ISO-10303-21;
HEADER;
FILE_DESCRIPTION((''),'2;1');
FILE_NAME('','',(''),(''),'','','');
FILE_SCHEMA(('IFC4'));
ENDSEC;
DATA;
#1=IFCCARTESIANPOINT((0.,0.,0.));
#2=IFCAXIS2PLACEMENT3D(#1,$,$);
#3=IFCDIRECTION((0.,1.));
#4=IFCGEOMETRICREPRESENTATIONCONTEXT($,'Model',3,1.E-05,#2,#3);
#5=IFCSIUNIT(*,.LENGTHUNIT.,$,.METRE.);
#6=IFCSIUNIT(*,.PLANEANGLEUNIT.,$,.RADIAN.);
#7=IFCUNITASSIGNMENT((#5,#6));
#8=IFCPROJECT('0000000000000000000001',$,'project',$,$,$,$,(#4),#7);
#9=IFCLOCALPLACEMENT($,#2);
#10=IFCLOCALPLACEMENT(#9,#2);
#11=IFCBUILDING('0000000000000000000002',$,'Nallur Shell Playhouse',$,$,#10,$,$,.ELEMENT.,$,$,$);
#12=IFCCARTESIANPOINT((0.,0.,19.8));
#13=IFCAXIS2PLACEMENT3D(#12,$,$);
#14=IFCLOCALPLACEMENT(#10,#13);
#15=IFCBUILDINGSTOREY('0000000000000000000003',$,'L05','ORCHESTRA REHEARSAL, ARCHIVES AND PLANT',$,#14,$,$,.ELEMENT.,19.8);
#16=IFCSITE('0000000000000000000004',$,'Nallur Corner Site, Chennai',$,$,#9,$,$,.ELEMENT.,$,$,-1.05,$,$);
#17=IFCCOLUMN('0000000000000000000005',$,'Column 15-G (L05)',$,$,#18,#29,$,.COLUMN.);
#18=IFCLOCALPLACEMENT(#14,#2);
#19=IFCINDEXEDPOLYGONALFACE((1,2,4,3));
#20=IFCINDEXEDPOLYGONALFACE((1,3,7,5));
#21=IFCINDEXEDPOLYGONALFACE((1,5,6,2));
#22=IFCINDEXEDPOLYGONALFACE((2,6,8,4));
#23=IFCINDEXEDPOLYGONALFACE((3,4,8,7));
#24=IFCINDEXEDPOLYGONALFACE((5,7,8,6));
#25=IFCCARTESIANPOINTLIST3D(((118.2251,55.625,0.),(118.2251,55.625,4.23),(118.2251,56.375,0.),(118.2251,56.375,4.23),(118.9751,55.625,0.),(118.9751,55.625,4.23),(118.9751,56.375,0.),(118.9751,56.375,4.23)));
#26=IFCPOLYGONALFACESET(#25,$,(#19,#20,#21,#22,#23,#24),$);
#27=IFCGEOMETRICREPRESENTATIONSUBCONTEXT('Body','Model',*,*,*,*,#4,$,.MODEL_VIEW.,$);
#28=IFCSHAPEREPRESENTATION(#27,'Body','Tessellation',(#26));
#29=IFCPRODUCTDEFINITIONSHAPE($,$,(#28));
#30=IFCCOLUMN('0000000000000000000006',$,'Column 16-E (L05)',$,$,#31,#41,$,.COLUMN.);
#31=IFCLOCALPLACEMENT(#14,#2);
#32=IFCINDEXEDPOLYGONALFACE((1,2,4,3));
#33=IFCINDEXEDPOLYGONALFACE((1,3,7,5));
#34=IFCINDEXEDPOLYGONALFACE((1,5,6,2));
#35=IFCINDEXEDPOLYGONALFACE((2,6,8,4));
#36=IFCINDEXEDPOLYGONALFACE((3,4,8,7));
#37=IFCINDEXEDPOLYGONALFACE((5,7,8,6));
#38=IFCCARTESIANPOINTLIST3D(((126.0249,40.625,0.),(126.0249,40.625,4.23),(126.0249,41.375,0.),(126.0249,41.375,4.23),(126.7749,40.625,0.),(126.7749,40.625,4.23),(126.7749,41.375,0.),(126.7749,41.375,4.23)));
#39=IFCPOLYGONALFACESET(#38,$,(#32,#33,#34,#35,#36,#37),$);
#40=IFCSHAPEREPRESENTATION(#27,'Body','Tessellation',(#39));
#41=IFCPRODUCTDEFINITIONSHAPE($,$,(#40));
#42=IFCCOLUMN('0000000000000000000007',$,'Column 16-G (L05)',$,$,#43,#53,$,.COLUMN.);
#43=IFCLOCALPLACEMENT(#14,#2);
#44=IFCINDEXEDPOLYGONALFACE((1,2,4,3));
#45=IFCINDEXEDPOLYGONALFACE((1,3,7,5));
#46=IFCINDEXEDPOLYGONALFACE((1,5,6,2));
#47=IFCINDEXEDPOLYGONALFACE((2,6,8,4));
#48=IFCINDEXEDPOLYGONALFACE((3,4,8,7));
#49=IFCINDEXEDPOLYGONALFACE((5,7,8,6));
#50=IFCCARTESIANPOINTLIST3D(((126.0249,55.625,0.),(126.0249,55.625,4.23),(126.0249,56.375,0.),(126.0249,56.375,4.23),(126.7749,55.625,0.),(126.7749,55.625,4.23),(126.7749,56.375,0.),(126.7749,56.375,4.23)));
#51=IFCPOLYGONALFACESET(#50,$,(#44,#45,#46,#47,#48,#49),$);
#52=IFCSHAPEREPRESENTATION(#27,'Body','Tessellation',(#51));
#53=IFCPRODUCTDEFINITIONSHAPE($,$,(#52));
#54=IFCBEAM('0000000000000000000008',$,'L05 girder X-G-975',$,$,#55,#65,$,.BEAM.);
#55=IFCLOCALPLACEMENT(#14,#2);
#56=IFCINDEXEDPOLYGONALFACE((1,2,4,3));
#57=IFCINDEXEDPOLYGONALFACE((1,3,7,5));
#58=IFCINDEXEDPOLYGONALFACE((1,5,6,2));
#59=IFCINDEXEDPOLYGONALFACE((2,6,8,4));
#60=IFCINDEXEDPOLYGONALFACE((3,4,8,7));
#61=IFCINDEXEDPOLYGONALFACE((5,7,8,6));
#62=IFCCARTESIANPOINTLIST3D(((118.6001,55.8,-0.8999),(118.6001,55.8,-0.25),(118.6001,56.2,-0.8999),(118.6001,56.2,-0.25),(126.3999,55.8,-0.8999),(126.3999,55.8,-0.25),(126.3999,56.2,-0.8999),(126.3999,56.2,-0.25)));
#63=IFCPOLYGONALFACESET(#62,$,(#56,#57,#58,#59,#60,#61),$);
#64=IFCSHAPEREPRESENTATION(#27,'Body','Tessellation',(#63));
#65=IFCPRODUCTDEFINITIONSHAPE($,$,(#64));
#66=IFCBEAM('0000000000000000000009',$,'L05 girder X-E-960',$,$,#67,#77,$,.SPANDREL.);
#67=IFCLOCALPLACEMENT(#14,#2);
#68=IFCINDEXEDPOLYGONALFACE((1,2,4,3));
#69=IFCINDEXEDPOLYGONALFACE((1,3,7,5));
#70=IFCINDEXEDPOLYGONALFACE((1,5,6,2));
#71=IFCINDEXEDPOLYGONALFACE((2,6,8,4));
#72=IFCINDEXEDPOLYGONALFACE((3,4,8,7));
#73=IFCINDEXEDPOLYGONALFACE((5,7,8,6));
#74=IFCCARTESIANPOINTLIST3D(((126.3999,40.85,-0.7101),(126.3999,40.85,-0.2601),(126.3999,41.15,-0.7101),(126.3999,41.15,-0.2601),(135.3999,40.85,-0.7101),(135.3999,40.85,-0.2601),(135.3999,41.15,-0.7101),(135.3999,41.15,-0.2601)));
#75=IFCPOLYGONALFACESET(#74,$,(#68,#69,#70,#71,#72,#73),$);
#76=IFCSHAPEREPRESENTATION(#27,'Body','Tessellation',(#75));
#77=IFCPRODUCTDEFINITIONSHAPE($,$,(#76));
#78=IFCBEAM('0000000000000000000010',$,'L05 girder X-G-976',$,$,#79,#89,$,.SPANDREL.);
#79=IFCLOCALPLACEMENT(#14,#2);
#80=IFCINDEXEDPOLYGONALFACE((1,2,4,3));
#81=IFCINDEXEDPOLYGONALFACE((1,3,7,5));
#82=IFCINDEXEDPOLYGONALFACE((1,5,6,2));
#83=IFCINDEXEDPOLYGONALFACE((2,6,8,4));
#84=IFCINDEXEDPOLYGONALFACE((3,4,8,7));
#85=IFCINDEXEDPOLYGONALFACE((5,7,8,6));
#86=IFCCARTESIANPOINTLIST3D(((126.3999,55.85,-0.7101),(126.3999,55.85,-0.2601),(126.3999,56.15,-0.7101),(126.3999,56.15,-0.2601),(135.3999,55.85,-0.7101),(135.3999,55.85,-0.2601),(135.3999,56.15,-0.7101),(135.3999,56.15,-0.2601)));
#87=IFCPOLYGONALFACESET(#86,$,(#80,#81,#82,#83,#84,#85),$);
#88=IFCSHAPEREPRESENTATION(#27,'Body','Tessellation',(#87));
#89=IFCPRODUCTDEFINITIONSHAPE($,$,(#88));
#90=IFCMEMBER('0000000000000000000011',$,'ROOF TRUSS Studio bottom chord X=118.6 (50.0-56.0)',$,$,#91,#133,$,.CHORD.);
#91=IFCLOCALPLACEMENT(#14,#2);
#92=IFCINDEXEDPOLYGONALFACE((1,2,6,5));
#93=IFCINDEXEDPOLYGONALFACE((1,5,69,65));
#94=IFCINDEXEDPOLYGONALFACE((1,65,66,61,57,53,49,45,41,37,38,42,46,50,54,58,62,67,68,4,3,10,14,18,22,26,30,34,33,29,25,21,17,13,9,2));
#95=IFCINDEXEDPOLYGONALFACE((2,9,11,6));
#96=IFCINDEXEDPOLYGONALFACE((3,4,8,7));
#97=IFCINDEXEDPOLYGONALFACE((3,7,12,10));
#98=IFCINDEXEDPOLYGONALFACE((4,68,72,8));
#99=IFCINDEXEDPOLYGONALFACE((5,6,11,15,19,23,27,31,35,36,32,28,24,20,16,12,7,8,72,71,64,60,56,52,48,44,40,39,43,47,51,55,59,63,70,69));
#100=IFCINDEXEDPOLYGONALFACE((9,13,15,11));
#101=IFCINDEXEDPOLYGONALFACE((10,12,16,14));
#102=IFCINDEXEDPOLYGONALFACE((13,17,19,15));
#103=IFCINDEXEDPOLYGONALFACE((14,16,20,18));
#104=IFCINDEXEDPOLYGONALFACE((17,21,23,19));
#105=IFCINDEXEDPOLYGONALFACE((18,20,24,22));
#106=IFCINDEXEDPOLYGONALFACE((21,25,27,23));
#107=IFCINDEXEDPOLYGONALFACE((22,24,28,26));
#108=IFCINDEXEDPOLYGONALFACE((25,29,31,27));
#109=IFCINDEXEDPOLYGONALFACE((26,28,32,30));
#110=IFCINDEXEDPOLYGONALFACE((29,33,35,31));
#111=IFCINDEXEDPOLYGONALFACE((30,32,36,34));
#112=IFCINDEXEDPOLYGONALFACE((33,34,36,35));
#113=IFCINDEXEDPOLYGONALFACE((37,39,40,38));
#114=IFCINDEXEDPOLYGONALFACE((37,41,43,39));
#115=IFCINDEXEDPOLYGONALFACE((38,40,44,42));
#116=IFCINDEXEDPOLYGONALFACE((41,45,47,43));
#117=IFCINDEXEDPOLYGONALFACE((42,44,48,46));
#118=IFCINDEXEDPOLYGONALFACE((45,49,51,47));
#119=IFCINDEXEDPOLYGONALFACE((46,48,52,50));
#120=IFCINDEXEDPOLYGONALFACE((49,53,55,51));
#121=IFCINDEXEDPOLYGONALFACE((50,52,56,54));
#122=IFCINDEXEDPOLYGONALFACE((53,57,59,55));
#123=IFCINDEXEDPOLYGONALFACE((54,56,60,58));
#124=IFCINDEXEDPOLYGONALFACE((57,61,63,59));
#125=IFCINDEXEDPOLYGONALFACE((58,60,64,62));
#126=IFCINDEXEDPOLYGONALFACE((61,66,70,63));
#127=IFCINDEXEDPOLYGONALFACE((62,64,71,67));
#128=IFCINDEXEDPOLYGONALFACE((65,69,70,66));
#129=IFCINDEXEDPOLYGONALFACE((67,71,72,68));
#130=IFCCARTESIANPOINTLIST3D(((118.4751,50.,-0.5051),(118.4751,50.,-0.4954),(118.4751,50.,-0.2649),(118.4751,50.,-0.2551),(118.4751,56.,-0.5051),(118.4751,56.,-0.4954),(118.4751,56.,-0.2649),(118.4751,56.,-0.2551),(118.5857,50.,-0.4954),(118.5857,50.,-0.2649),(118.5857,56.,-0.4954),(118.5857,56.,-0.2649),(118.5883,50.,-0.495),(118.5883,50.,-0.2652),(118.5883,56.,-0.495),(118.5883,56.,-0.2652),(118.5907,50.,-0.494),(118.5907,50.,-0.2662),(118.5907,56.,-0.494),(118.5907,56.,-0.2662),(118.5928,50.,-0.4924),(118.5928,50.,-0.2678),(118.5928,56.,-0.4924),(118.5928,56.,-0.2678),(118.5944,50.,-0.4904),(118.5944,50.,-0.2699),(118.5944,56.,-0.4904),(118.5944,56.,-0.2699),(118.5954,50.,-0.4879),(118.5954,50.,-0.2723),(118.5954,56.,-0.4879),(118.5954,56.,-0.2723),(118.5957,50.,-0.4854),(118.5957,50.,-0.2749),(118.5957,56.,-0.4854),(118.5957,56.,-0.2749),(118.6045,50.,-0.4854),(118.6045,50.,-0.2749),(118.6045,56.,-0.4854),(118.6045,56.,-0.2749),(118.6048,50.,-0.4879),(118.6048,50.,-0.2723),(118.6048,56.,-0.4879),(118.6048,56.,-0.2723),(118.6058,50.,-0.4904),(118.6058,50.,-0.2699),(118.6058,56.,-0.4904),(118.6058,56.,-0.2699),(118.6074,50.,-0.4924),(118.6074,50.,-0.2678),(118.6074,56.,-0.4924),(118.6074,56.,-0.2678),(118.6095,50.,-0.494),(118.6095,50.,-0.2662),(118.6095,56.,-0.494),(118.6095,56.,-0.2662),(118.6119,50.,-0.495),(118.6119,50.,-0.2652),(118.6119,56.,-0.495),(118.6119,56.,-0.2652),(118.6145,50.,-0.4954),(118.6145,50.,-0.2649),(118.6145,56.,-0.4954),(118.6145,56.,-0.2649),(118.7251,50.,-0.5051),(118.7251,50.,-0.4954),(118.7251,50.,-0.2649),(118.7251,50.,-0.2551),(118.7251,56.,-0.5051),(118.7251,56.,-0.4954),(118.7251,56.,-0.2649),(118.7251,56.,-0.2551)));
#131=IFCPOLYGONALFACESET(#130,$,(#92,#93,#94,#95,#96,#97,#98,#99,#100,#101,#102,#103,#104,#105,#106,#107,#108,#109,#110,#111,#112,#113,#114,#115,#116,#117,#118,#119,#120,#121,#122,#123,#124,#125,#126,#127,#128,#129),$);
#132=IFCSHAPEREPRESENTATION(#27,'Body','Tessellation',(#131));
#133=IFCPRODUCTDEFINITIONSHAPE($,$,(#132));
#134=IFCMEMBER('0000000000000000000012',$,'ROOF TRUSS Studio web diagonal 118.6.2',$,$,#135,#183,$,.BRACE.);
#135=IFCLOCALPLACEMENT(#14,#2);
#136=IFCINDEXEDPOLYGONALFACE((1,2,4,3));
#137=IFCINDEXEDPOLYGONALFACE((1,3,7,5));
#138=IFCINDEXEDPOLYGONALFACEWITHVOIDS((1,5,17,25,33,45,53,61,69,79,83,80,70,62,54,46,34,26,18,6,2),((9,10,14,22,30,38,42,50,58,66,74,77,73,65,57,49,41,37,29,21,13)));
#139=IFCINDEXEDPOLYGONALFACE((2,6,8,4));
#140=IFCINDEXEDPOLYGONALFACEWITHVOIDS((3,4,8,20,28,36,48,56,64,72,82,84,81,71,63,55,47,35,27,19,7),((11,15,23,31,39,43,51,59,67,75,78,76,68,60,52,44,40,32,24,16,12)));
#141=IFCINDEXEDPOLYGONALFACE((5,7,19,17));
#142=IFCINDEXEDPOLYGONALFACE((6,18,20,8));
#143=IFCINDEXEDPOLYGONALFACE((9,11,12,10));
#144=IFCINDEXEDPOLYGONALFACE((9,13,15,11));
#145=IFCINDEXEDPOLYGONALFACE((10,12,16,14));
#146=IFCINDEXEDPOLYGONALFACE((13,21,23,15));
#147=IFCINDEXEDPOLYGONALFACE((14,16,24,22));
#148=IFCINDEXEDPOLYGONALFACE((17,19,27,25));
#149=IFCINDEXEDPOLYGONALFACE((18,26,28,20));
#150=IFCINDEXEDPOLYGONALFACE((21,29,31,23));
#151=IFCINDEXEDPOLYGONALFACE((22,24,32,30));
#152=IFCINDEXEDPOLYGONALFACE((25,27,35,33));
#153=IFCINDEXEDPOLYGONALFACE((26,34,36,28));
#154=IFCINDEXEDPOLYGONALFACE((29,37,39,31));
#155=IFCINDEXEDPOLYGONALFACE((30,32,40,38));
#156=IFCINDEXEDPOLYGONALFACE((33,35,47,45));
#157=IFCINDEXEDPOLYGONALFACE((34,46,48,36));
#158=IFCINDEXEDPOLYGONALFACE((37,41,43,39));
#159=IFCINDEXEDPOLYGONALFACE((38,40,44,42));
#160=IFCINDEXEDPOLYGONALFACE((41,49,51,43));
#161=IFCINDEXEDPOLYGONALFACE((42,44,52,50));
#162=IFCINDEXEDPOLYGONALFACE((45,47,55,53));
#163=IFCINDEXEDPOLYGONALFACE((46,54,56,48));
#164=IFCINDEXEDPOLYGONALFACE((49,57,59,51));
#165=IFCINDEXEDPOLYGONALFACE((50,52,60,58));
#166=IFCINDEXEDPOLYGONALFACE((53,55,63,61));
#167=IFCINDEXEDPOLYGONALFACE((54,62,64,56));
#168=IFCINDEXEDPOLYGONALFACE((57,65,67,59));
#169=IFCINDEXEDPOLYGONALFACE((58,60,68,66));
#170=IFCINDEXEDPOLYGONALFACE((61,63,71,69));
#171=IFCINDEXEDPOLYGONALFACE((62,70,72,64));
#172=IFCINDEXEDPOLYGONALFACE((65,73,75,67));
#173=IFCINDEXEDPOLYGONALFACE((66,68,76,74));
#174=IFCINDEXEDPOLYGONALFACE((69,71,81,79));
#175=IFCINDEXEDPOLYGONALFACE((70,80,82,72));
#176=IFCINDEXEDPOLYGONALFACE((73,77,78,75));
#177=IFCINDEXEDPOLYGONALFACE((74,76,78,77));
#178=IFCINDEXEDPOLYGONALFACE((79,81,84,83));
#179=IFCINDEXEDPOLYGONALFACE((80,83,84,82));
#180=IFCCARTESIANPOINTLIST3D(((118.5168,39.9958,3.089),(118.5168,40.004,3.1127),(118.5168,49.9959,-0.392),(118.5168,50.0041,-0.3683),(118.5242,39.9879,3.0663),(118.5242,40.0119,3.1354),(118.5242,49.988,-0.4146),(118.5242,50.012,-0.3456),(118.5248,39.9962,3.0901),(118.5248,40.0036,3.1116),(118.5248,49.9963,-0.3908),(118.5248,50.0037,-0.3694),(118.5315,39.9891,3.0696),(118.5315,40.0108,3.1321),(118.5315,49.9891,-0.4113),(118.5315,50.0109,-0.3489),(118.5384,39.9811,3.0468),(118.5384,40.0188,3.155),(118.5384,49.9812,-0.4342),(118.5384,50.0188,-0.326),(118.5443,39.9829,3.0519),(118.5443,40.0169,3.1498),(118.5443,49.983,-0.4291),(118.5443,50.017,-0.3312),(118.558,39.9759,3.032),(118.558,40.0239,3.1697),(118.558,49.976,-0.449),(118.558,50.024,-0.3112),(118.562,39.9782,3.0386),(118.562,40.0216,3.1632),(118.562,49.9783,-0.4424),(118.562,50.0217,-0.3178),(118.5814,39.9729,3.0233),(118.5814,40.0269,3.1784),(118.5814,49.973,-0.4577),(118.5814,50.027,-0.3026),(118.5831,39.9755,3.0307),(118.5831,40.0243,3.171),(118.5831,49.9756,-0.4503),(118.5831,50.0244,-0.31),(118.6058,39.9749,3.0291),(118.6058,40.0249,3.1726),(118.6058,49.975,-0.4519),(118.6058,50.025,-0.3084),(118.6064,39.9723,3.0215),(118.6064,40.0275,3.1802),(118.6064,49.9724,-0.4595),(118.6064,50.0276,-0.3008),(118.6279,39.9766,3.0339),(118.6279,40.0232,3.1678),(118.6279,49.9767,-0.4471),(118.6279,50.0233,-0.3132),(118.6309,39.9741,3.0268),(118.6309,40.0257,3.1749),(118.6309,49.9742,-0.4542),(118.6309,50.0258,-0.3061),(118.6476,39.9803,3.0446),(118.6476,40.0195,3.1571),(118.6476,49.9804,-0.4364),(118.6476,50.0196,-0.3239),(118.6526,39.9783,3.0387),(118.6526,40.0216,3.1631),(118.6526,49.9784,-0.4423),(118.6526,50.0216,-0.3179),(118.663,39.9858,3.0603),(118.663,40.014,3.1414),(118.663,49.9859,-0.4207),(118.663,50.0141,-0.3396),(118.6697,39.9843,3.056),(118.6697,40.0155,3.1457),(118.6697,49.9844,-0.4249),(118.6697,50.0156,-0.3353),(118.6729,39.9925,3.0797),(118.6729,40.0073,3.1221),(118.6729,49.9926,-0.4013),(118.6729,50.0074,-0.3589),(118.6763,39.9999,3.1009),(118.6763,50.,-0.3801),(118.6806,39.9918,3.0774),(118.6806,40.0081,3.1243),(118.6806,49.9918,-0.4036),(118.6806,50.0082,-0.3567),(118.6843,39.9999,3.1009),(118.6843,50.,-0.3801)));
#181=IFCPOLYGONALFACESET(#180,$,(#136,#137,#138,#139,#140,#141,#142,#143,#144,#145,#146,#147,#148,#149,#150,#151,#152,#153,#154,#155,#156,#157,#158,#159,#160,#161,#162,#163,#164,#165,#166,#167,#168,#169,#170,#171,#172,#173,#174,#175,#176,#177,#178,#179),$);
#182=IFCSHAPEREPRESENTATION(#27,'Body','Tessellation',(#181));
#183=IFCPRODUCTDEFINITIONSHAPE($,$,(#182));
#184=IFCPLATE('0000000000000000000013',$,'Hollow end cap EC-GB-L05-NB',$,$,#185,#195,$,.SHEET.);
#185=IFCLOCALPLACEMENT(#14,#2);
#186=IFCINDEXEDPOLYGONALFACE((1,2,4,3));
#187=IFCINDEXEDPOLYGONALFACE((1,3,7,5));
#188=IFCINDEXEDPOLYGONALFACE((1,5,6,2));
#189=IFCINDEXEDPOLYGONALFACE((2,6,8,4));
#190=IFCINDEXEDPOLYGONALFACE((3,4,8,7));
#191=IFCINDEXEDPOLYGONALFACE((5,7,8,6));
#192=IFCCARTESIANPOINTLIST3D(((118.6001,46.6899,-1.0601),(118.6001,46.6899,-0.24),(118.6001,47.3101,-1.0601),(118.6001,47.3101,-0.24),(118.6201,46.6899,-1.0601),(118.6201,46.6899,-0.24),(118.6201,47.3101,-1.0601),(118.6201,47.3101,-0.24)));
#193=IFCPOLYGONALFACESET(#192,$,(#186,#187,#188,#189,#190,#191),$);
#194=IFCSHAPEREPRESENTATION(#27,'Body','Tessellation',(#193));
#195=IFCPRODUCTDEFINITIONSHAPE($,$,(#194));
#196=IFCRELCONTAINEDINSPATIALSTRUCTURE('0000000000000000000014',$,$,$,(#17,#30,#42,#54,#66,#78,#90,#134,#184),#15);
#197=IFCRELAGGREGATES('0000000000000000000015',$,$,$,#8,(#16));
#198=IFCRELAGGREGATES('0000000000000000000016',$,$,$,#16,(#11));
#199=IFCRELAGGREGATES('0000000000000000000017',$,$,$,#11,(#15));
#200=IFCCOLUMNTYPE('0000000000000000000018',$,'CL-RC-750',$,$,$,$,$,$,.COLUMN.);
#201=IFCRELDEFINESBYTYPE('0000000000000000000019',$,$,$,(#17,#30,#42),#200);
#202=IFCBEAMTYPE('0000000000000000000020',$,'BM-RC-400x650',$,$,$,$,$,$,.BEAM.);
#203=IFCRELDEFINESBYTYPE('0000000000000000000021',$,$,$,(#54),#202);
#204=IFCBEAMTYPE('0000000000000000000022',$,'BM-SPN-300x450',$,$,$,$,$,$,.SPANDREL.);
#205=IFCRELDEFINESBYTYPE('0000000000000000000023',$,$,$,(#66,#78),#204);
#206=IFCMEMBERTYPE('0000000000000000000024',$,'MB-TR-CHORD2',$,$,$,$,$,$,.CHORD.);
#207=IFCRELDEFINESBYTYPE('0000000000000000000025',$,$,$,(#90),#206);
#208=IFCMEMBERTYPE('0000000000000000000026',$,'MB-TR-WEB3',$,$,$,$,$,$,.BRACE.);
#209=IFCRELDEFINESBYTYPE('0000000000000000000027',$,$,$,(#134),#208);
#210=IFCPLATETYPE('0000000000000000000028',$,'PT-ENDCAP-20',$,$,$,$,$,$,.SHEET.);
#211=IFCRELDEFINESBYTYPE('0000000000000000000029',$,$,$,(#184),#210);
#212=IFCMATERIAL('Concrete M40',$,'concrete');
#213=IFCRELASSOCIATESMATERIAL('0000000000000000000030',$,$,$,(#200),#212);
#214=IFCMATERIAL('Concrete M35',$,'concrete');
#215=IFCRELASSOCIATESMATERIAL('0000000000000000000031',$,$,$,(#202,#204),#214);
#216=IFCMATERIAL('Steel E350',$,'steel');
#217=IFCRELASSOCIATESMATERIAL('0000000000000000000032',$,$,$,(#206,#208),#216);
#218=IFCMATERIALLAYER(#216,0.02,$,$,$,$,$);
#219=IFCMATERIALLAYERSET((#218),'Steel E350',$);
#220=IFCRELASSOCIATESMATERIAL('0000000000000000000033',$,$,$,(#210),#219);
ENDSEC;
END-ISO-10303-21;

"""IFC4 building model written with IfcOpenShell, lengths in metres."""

from ifc_helpers import new_model, si_unit, direction, frame, origin, origin_2d, place, context, subcontext, project, spatial, rectangle, hollow_circle, i_section, extrude, material, layer, layer_set, material_profile, profile_set, type_object, element, save


model = new_model("IFC4")

# Units and contexts
model_context = context("Model", 3, precision=1e-05, world=origin(), true_north=direction((0.0, 1.0)))
body_context = subcontext(model_context, "Body", "Model", "MODEL_VIEW")
ifc_project = project(units=[si_unit("LENGTHUNIT", "METRE"), si_unit("PLANEANGLEUNIT", "RADIAN")], contexts=[model_context])

# Site, building, storey
site_placement = place(None, origin())
site = spatial("IfcSite", under=ifc_project, at=site_placement, Name="Nallur Corner Site, Chennai", CompositionType="ELEMENT", RefElevation=-1.05)
building_placement = place(site_placement, origin())
building = spatial("IfcBuilding", under=site, at=building_placement, Name="Nallur Shell Playhouse", CompositionType="ELEMENT")
storey_placement = place(building_placement, frame((0.0, 0.0, 19.8)))
storey = spatial("IfcBuildingStorey", under=building, at=storey_placement, Name="L05", Description="ORCHESTRA REHEARSAL, ARCHIVES AND PLANT", CompositionType="ELEMENT", Elevation=19.8)

# Columns
ifc_material_1 = material(Name="Concrete M40", Category="concrete")
ifc_material_profile_1 = material_profile(ifc_material_1, rectangle(XDim=0.75, YDim=0.75, at=origin_2d()), Name="RC 750x750")
ifc_profile_set_1 = profile_set([ifc_material_profile_1], Name="Concrete M40")
column_type = type_object("IfcColumnType", Name="CL-RC-750", PredefinedType="COLUMN", material=ifc_profile_set_1)
for number, where, z_axis, x_axis, name in (
    (1, (118.6001, 56.0, 0.0), (0.0, 0.0, 1.0), (1.0, 0.0, 0.0), "Column 15-G (L05)"),
    (2, (126.3999, 41.0, 0.0), (0.0, 0.0, 1.0), (1.0, 0.0, 0.0), "Column 16-E (L05)"),
    (3, (126.3999, 56.0, 0.0), (0.0, 0.0, 1.0), (1.0, 0.0, 0.0), "Column 16-G (L05)"),
):
    element("IfcColumn", number, at=place(storey_placement, frame(where, z_axis=z_axis, x_axis=x_axis)), inside=storey, type_object=column_type, Name=name, PredefinedType="COLUMN", context=body_context, shape_type="SweptSolid", body=[
        extrude(rectangle(XDim=0.75, YDim=0.75, at=origin_2d()), origin(), (0.0, 0.0, 1.0), 4.23),
    ])

# Beams
ifc_material_2 = material(Name="Concrete M35", Category="concrete")
ifc_material_profile_2 = material_profile(ifc_material_2, rectangle(XDim=0.3999, YDim=0.6499, at=origin_2d()), Name="RC 400x650")
ifc_profile_set_2 = profile_set([ifc_material_profile_2], Name="Concrete M35")
beam_type_1 = type_object("IfcBeamType", Name="BM-RC-400x650", PredefinedType="BEAM", material=ifc_profile_set_2)
beam_placement = place(storey_placement, frame((118.6001, 56.0, -0.575), z_axis=(1.0, 0.0, 0.0), x_axis=(0.0, 1.0, 0.0)))
element("IfcBeam", 4, at=beam_placement, inside=storey, type_object=beam_type_1, Name="L05 girder X-G-975", PredefinedType="BEAM", context=body_context, shape_type="SweptSolid", body=[
    extrude(rectangle(XDim=0.3999, YDim=0.6499, at=origin_2d()), origin(), (0.0, 0.0, 1.0), 7.7998),
])
ifc_material_profile_3 = material_profile(ifc_material_2, rectangle(XDim=0.3, YDim=0.45, at=origin_2d()), Name="RC 300x450")
ifc_profile_set_3 = profile_set([ifc_material_profile_3], Name="Concrete M35")
beam_type_2 = type_object("IfcBeamType", Name="BM-SPN-300x450", PredefinedType="SPANDREL", material=ifc_profile_set_3)
for number, where, z_axis, x_axis, name in (
    (5, (126.3999, 41.0, -0.4851), (1.0, 0.0, 0.0), (0.0, 1.0, 0.0), "L05 girder X-E-960"),
    (6, (126.3999, 56.0, -0.4851), (1.0, 0.0, 0.0), (0.0, 1.0, 0.0), "L05 girder X-G-976"),
):
    element("IfcBeam", number, at=place(storey_placement, frame(where, z_axis=z_axis, x_axis=x_axis)), inside=storey, type_object=beam_type_2, Name=name, PredefinedType="SPANDREL", context=body_context, shape_type="SweptSolid", body=[
        extrude(rectangle(XDim=0.3, YDim=0.45, at=origin_2d()), origin(), (0.0, 0.0, 1.0), 9.0),
    ])

# Members
ifc_material_3 = material(Name="Steel E350", Category="steel")
ifc_material_profile_4 = material_profile(ifc_material_3, i_section(OverallWidth=0.25, OverallDepth=0.25, WebThickness=0.0088, FlangeThickness=0.0098, FilletRadius=0.01, at=origin_2d()), Name="ISHB 250")
ifc_profile_set_4 = profile_set([ifc_material_profile_4], Name="Steel E350")
member_type_1 = type_object("IfcMemberType", Name="MB-TR-CHORD2", PredefinedType="CHORD", material=ifc_profile_set_4)
member_1_placement = place(storey_placement, frame((118.6001, 50.0, -0.3801), z_axis=(0.0, 1.0, 0.0), x_axis=(-1.0, 0.0, 0.0)))
element("IfcMember", 7, at=member_1_placement, inside=storey, type_object=member_type_1, Name="ROOF TRUSS Studio bottom chord X=118.6 (50.0-56.0)", PredefinedType="CHORD", context=body_context, shape_type="SweptSolid", body=[
    extrude(i_section(OverallWidth=0.25, OverallDepth=0.25, WebThickness=0.0088, FlangeThickness=0.0098, FilletRadius=0.01, at=origin_2d()), origin(), (0.0, 0.0, 1.0), 6.0),
])
ifc_material_profile_5 = material_profile(ifc_material_3, hollow_circle(Radius=0.0842, WallThickness=0.0081, at=origin_2d()), Name="CHS 168.3x8")
ifc_profile_set_5 = profile_set([ifc_material_profile_5], Name="Steel E350")
member_type_2 = type_object("IfcMemberType", Name="MB-TR-WEB3", PredefinedType="BRACE", material=ifc_profile_set_5)
member_2_placement = place(storey_placement, frame((118.6001, 50.0, -0.3801), z_axis=(0.0, -0.944418, 0.328748), x_axis=(1.0, 0.0, 0.0)))
element("IfcMember", 8, at=member_2_placement, inside=storey, type_object=member_type_2, Name="ROOF TRUSS Studio web diagonal 118.6.2", PredefinedType="BRACE", context=body_context, shape_type="SweptSolid", body=[
    extrude(hollow_circle(Radius=0.0842, WallThickness=0.0081, at=origin_2d()), origin(), (0.0, 0.0, 1.0), 10.5886),
])

# Plate
ifc_layer_1 = layer(ifc_material_3, 0.02)
ifc_layer_set_1 = layer_set([ifc_layer_1], Name="Steel E350")
plate_type = type_object("IfcPlateType", Name="PT-ENDCAP-20", PredefinedType="SHEET", material=ifc_layer_set_1)
plate_1_placement = place(storey_placement, frame((118.6101, 47.0, -1.0601), z_axis=(0.0, 0.0, 1.0), x_axis=(1.0, 0.0, 0.0)))
element("IfcPlate", 9, at=plate_1_placement, inside=storey, type_object=plate_type, Name="Hollow end cap EC-GB-L05-NB", PredefinedType="SHEET", context=body_context, shape_type="SweptSolid", body=[
    extrude(rectangle(XDim=0.02, YDim=0.6201, at=origin_2d()), origin(), (0.0, 0.0, 1.0), 0.8201),
])

save(model, "model.ifc")
